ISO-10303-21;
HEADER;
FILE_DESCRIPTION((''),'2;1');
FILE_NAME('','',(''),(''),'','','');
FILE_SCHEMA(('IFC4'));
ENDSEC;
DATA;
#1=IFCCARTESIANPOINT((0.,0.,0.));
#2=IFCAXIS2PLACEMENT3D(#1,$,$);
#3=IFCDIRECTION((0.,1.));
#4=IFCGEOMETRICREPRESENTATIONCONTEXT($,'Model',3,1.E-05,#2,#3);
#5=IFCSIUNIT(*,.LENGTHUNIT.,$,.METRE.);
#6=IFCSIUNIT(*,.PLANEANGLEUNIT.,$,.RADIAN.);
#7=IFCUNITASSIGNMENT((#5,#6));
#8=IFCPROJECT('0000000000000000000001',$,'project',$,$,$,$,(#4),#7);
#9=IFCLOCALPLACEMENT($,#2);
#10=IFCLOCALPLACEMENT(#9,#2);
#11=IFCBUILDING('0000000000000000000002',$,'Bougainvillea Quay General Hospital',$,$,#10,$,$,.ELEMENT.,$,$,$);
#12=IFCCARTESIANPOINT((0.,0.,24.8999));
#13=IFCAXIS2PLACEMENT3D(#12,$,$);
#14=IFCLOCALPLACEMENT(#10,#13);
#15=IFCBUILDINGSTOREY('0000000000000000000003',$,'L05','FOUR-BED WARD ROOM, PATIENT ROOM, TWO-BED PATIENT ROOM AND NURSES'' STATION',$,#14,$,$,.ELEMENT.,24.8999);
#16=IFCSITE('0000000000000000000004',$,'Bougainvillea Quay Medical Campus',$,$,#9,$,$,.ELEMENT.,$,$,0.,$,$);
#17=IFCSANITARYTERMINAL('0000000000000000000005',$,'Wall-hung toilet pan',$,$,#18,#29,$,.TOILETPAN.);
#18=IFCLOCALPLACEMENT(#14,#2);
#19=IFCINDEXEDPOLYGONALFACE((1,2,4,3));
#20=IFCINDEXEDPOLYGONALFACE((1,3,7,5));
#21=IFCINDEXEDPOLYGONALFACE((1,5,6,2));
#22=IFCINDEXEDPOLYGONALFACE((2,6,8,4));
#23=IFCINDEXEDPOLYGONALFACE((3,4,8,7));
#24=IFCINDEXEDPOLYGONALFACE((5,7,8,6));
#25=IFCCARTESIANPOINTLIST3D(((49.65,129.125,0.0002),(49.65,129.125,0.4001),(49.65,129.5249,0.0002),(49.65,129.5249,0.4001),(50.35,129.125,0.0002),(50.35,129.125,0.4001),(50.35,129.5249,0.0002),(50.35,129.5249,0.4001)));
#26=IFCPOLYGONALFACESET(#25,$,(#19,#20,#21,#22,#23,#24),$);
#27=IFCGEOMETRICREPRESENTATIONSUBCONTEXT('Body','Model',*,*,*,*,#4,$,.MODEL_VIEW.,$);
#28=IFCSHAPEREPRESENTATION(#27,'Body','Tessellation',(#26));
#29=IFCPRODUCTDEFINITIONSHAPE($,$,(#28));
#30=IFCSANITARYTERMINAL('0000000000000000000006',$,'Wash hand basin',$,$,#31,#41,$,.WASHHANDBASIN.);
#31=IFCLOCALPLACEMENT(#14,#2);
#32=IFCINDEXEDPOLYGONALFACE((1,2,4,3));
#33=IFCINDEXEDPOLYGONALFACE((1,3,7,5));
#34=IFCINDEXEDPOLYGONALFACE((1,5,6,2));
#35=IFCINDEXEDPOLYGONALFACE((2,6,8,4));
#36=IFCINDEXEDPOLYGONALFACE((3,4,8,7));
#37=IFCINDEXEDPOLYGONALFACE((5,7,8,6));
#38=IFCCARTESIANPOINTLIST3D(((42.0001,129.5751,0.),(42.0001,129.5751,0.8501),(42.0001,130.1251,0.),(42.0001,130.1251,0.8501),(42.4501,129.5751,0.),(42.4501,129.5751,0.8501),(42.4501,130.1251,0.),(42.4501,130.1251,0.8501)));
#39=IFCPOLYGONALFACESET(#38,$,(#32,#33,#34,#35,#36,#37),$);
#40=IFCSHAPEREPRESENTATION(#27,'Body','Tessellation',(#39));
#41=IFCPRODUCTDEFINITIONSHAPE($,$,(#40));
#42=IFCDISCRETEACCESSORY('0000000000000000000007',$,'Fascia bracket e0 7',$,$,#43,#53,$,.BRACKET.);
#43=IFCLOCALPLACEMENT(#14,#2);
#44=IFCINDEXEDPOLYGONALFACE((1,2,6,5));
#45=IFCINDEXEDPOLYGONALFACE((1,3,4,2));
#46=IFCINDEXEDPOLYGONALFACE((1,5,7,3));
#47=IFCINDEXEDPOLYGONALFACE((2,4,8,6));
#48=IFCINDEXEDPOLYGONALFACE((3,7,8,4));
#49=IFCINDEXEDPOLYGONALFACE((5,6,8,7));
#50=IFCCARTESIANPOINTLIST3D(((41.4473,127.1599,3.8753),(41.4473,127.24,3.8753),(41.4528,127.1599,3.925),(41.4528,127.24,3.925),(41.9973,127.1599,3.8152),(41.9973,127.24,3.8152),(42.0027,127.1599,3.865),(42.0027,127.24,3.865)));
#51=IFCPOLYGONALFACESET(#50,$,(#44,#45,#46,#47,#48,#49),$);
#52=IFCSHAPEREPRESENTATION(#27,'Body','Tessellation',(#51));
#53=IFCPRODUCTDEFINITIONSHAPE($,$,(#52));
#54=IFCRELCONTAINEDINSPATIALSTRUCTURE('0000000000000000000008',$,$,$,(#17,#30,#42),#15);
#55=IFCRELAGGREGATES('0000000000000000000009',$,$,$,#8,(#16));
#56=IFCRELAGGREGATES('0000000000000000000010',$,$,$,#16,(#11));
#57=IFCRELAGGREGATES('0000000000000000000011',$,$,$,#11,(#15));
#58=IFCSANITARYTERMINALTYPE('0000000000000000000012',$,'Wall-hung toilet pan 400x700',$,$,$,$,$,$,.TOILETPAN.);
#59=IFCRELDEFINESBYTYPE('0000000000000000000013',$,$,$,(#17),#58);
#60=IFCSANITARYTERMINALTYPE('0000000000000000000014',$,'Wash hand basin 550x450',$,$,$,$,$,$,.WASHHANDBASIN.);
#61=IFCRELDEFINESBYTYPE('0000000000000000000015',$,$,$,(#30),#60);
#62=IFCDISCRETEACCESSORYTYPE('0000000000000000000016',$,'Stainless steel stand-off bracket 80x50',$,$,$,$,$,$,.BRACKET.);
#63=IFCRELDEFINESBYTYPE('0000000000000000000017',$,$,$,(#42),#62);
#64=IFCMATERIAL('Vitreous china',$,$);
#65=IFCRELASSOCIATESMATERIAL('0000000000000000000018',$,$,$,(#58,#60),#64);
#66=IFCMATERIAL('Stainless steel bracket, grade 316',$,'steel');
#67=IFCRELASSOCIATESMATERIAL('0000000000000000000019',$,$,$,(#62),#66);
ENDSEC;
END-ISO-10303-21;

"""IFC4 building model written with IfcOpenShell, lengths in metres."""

from ifc_helpers import new_model, si_unit, direction, frame, origin, origin_2d, place, context, subcontext, project, spatial, rectangle, extrude, material, material_profile, profile_set, type_object, element, save


model = new_model("IFC4")

# Units and contexts
model_context = context("Model", 3, precision=1e-05, world=origin(), true_north=direction((0.0, 1.0)))
body_context = subcontext(model_context, "Body", "Model", "MODEL_VIEW")
ifc_project = project(units=[si_unit("LENGTHUNIT", "METRE"), si_unit("PLANEANGLEUNIT", "RADIAN")], contexts=[model_context])

# Site, building, storey
site_placement = place(None, origin())
site = spatial("IfcSite", under=ifc_project, at=site_placement, Name="Bougainvillea Quay Medical Campus", CompositionType="ELEMENT", RefElevation=0.0)
building_placement = place(site_placement, origin())
building = spatial("IfcBuilding", under=site, at=building_placement, Name="Bougainvillea Quay General Hospital", CompositionType="ELEMENT")
storey_placement = place(building_placement, frame((0.0, 0.0, 24.8999)))
storey = spatial("IfcBuildingStorey", under=building, at=storey_placement, Name="L05", Description="FOUR-BED WARD ROOM, PATIENT ROOM, TWO-BED PATIENT ROOM AND NURSES' STATION", CompositionType="ELEMENT", Elevation=24.8999)

# Sanitary terminals
ifc_material_1 = material(Name="Vitreous china")
sanitary_terminal_type_1 = type_object("IfcSanitaryTerminalType", Name="Wall-hung toilet pan 400x700", PredefinedType="TOILETPAN", material=ifc_material_1)
for number, where, z_axis, x_axis, name in (
    (1, (50.0, 129.325, 0.0002), (0.0, 0.0, 1.0), (0.0, -1.0, 0.0), "Wall-hung toilet pan"),
):
    element("IfcSanitaryTerminal", number, at=place(storey_placement, frame(where, z_axis=z_axis, x_axis=x_axis)), inside=storey, type_object=sanitary_terminal_type_1, Name=name, PredefinedType="TOILETPAN", context=body_context, shape_type="SweptSolid", body=[
        extrude(rectangle(XDim=0.3999, YDim=0.7, at=origin_2d()), origin(), (0.0, 0.0, 1.0), 0.3999),
    ])
sanitary_terminal_type_2 = type_object("IfcSanitaryTerminalType", Name="Wash hand basin 550x450", PredefinedType="WASHHANDBASIN", material=ifc_material_1)
sanitary_terminal_placement = place(storey_placement, frame((42.2251, 129.8501, 0.0), z_axis=(0.0, 0.0, 1.0), x_axis=(0.0, 1.0, 0.0)))
element("IfcSanitaryTerminal", 2, at=sanitary_terminal_placement, inside=storey, type_object=sanitary_terminal_type_2, Name="Wash hand basin", PredefinedType="WASHHANDBASIN", context=body_context, shape_type="SweptSolid", body=[
    extrude(rectangle(XDim=0.55, YDim=0.45, at=origin_2d()), origin(), (0.0, 0.0, 1.0), 0.8501),
])

# Discrete accessory
ifc_material_2 = material(Name="Stainless steel bracket, grade 316", Category="steel")
ifc_material_profile_1 = material_profile(ifc_material_2, rectangle(XDim=0.0801, YDim=0.05, at=origin_2d()))
ifc_profile_set_1 = profile_set([ifc_material_profile_1], Name="Stainless steel bracket, grade 316")
discrete_accessory_type = type_object("IfcDiscreteAccessoryType", Name="Stainless steel stand-off bracket 80x50", PredefinedType="BRACKET", material=ifc_profile_set_1)
discrete_accessory_placement = place(storey_placement, frame((42.0, 127.2, 3.8401), z_axis=(-0.994092, 0.0, 0.108543), x_axis=(0.0, -1.0, 0.0)))
element("IfcDiscreteAccessory", 3, at=discrete_accessory_placement, inside=storey, type_object=discrete_accessory_type, Name="Fascia bracket e0 7", PredefinedType="BRACKET", context=body_context, shape_type="SweptSolid", body=[
    extrude(rectangle(XDim=0.0801, YDim=0.05, at=origin_2d()), origin(), (0.0, 0.0, 1.0), 0.5532),
])

save(model, "model.ifc")
